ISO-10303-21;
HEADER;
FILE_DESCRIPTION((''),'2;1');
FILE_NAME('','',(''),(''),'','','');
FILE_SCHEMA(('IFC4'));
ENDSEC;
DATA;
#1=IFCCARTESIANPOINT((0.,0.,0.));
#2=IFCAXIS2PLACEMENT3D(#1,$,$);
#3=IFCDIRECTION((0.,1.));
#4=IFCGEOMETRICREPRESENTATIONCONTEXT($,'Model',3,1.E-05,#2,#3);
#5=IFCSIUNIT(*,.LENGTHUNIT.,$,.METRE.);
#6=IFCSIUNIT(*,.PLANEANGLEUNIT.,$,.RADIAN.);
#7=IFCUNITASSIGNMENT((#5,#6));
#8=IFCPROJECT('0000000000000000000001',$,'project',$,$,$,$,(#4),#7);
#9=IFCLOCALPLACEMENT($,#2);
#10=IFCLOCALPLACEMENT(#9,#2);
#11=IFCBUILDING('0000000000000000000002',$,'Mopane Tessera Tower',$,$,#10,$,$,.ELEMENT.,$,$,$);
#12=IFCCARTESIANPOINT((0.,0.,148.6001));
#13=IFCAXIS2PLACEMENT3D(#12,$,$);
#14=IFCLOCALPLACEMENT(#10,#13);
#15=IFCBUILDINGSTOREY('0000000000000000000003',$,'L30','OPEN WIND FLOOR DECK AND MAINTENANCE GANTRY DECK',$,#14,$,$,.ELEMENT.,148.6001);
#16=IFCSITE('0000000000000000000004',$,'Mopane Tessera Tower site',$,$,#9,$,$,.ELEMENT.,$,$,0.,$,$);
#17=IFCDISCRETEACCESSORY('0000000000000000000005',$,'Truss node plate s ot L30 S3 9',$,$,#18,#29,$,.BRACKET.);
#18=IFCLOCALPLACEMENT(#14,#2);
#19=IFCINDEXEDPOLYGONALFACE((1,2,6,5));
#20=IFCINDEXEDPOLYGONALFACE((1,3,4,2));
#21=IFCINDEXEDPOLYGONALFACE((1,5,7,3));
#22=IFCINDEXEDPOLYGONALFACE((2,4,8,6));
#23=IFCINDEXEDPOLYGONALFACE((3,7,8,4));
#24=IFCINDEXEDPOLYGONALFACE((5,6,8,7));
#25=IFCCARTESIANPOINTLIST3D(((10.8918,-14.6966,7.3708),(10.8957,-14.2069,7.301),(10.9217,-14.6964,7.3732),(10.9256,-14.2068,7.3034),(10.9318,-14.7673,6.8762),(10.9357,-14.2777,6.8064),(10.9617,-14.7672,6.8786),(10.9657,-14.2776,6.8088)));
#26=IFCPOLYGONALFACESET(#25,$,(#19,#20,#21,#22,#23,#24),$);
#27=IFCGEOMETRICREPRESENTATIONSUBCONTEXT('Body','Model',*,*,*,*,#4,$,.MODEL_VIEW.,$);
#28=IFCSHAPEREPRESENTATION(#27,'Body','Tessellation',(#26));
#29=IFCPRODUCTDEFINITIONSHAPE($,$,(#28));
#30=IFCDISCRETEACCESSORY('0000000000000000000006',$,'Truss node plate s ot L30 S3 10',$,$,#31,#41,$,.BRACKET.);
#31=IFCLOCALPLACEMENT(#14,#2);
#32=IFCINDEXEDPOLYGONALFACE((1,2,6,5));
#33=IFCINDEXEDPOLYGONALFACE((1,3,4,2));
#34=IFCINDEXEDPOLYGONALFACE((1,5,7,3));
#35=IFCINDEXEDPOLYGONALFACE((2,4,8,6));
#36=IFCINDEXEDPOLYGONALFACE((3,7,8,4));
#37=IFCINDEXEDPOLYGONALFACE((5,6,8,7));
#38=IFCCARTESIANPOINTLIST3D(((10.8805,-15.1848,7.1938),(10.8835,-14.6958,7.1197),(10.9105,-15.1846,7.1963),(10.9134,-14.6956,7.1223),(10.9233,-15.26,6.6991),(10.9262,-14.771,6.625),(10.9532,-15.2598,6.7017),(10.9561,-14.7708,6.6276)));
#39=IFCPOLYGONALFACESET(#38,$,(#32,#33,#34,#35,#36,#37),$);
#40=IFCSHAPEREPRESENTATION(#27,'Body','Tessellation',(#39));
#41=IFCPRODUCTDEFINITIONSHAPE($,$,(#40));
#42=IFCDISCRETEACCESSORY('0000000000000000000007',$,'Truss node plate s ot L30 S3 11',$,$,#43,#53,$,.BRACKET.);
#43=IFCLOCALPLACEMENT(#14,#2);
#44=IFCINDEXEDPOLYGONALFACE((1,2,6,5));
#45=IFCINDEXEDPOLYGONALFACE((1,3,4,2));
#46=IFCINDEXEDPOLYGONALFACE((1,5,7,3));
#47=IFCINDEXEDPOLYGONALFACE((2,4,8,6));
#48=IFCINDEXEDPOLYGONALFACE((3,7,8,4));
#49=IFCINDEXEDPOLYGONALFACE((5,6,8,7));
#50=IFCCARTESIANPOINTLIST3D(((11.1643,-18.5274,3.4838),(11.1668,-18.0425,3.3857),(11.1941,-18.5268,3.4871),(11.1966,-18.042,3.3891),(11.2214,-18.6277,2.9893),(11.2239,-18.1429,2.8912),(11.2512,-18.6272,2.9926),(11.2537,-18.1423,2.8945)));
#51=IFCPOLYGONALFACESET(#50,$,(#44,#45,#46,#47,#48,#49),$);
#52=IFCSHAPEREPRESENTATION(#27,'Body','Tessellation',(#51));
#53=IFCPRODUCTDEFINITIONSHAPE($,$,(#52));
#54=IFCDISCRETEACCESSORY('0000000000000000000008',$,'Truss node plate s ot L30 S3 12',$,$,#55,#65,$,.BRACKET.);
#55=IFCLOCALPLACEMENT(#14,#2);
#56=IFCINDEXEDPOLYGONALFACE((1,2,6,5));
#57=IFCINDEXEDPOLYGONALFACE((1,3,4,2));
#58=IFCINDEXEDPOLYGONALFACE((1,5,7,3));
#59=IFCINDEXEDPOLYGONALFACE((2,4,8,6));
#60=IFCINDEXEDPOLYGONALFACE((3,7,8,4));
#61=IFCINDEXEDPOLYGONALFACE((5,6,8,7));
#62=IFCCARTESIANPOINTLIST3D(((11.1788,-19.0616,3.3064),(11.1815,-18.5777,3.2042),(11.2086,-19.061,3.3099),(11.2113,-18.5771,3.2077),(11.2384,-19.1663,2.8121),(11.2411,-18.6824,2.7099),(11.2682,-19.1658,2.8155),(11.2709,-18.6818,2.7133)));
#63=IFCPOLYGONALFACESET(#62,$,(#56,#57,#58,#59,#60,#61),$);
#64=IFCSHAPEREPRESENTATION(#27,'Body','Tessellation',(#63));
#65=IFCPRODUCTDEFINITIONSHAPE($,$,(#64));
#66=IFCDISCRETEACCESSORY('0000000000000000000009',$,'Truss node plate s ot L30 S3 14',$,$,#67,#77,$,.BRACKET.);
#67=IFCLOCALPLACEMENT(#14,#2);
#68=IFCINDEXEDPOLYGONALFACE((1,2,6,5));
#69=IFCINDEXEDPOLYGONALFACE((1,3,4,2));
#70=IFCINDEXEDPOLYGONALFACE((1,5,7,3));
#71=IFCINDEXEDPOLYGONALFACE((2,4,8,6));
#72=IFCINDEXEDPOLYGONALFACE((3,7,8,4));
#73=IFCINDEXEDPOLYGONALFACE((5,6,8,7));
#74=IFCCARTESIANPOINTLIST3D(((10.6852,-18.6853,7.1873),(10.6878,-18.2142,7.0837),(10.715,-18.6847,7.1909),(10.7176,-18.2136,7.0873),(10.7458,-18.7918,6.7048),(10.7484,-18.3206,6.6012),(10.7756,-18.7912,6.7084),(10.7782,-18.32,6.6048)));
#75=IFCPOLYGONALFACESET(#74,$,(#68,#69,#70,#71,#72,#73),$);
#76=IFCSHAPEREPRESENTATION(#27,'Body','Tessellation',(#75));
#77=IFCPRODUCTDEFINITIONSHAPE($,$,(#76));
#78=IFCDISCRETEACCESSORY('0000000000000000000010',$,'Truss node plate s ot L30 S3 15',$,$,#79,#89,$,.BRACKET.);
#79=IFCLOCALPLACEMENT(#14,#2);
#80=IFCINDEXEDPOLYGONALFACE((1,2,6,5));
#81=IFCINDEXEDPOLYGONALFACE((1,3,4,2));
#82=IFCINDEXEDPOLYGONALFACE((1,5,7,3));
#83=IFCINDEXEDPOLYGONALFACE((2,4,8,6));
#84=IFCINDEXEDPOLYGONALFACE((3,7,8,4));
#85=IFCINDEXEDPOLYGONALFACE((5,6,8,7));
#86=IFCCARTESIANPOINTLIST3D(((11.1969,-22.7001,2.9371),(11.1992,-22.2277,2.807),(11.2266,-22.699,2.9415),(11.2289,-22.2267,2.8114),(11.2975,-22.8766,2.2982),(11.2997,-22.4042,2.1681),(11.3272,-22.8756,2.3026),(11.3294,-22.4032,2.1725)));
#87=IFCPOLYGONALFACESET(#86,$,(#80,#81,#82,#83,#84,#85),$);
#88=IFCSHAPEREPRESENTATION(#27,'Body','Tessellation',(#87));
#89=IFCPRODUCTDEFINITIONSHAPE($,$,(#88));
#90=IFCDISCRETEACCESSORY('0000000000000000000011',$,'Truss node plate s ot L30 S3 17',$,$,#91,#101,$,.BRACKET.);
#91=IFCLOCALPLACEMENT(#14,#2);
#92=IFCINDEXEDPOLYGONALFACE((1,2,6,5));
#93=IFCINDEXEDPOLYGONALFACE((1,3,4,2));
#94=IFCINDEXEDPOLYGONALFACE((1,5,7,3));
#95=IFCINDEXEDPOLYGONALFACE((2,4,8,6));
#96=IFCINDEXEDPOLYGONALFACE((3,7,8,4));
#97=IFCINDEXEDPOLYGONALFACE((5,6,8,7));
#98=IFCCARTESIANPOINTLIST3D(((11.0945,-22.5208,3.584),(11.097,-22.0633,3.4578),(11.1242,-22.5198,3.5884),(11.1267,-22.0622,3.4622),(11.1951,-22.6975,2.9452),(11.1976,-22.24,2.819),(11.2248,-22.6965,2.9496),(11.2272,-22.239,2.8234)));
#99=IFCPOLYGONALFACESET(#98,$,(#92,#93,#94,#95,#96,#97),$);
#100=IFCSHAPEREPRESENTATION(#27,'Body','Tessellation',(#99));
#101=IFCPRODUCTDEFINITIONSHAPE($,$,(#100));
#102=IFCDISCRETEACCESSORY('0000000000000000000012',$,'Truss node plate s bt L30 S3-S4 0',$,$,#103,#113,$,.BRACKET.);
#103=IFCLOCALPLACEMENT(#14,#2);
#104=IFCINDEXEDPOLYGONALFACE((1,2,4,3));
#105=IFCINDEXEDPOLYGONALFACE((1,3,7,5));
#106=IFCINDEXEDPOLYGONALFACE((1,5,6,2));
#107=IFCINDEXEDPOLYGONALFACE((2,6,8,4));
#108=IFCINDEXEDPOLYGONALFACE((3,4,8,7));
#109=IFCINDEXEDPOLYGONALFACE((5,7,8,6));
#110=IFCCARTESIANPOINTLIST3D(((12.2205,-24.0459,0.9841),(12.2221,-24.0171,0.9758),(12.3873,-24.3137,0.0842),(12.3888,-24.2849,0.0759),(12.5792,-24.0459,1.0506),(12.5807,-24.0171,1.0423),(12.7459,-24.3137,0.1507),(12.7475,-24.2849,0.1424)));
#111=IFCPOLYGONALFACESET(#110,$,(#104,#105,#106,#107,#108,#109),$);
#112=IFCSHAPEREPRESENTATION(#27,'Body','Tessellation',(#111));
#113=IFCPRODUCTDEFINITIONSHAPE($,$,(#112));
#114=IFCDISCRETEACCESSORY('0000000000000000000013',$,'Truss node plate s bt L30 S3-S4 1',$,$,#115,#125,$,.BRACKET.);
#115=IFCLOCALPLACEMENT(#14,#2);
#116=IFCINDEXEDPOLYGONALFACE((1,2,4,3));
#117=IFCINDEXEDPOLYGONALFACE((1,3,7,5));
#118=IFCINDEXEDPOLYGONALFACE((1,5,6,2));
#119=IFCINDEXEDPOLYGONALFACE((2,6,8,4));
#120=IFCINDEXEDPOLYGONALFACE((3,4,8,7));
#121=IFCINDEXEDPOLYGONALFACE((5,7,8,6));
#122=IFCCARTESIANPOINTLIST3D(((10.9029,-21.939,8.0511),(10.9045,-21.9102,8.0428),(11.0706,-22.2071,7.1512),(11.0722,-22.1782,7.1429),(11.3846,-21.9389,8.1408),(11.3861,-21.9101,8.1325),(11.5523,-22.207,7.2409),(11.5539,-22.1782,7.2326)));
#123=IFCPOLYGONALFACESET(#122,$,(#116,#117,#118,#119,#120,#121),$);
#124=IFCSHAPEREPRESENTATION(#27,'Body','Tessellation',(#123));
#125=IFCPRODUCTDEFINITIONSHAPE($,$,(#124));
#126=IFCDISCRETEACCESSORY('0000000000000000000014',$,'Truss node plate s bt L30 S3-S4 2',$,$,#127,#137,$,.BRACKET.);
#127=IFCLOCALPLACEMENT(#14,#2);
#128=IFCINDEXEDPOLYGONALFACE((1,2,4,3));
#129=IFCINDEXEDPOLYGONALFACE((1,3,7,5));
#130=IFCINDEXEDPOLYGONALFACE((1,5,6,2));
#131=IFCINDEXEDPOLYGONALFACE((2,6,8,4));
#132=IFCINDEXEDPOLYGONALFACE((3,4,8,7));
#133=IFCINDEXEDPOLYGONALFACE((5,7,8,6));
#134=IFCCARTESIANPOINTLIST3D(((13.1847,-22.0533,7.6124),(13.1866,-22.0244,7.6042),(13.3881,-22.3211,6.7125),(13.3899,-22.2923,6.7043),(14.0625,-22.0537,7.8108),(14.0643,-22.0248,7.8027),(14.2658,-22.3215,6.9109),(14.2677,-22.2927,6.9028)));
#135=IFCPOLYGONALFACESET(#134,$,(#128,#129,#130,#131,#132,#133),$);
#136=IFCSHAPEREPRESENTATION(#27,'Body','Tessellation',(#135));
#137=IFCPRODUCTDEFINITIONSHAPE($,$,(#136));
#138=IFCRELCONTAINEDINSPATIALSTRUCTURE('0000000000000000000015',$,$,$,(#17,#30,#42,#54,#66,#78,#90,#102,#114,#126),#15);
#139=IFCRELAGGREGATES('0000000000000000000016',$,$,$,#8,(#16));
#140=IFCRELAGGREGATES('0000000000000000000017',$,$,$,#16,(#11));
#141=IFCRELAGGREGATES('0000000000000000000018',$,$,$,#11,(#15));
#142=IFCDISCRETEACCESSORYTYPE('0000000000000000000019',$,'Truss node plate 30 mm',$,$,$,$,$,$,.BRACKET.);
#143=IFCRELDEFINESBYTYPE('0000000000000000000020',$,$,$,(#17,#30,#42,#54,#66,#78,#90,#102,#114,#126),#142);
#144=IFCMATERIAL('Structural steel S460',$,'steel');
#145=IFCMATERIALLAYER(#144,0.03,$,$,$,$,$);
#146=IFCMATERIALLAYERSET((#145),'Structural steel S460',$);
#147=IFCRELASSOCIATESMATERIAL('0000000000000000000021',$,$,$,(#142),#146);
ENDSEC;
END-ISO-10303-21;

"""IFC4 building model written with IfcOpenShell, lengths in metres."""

from ifc_helpers import new_model, si_unit, direction, frame, origin, origin_2d, place, context, subcontext, project, spatial, rectangle, extrude, material, layer, layer_set, type_object, element, save


model = new_model("IFC4")

# Units and contexts
model_context = context("Model", 3, precision=1e-05, world=origin(), true_north=direction((0.0, 1.0)))
body_context = subcontext(model_context, "Body", "Model", "MODEL_VIEW")
ifc_project = project(units=[si_unit("LENGTHUNIT", "METRE"), si_unit("PLANEANGLEUNIT", "RADIAN")], contexts=[model_context])

# Site, building, storey
site_placement = place(None, origin())
site = spatial("IfcSite", under=ifc_project, at=site_placement, Name="Mopane Tessera Tower site", CompositionType="ELEMENT", RefElevation=0.0)
building_placement = place(site_placement, origin())
building = spatial("IfcBuilding", under=site, at=building_placement, Name="Mopane Tessera Tower", CompositionType="ELEMENT")
storey_placement = place(building_placement, frame((0.0, 0.0, 148.6001)))
storey = spatial("IfcBuildingStorey", under=building, at=storey_placement, Name="L30", Description="OPEN WIND FLOOR DECK AND MAINTENANCE GANTRY DECK", CompositionType="ELEMENT", Elevation=148.6001)

# Discrete accessories
ifc_material_1 = material(Name="Structural steel S460", Category="steel")
ifc_layer_1 = layer(ifc_material_1, 0.03)
ifc_layer_set_1 = layer_set([ifc_layer_1], Name="Structural steel S460")
discrete_accessory_type = type_object("IfcDiscreteAccessoryType", Name="Truss node plate 30 mm", PredefinedType="BRACKET", material=ifc_layer_set_1)
discrete_accessory_1_placement = place(storey_placement, frame((10.9487, -14.5225, 6.8425), z_axis=(-0.079875, 0.141242, 0.986747), x_axis=(0.996773, 0.003447, 0.080193)))
element("IfcDiscreteAccessory", 1, at=discrete_accessory_1_placement, inside=storey, type_object=discrete_accessory_type, Name="Truss node plate s ot L30 S3 9", PredefinedType="BRACKET", context=body_context, shape_type="SweptSolid", body=[
    extrude(rectangle(XDim=0.03, YDim=0.4946, at=origin_2d()), origin(), (0.0, 0.0, 1.0), 0.5012),
])
discrete_accessory_2_placement = place(storey_placement, frame((10.9397, -15.0154, 6.6633), z_axis=(-0.085086, 0.149752, 0.985056), x_axis=(0.996356, 0.006915, 0.085011)))
element("IfcDiscreteAccessory", 2, at=discrete_accessory_2_placement, inside=storey, type_object=discrete_accessory_type, Name="Truss node plate s ot L30 S3 10", PredefinedType="BRACKET", context=body_context, shape_type="SweptSolid", body=[
    extrude(rectangle(XDim=0.03, YDim=0.4946, at=origin_2d()), origin(), (0.0, 0.0, 1.0), 0.5022),
])
discrete_accessory_3_placement = place(storey_placement, frame((11.2375, -18.385, 2.9419), z_axis=(-0.112475, 0.197552, 0.973819), x_axis=(0.993642, 0.017412, 0.111232)))
element("IfcDiscreteAccessory", 3, at=discrete_accessory_3_placement, inside=storey, type_object=discrete_accessory_type, Name="Truss node plate s ot L30 S3 11", PredefinedType="BRACKET", context=body_context, shape_type="SweptSolid", body=[
    extrude(rectangle(XDim=0.03, YDim=0.4946, at=origin_2d()), origin(), (0.0, 0.0, 1.0), 0.5078),
])
discrete_accessory_4_placement = place(storey_placement, frame((11.2546, -18.9241, 2.7627), z_axis=(-0.117067, 0.205827, 0.971561), x_axis=(0.993109, 0.018922, 0.115655)))
element("IfcDiscreteAccessory", 4, at=discrete_accessory_4_placement, inside=storey, type_object=discrete_accessory_type, Name="Truss node plate s ot L30 S3 12", PredefinedType="BRACKET", context=body_context, shape_type="SweptSolid", body=[
    extrude(rectangle(XDim=0.03, YDim=0.4946, at=origin_2d()), origin(), (0.0, 0.0, 1.0), 0.5088),
])
discrete_accessory_5_placement = place(storey_placement, frame((10.762, -18.5559, 6.6548), z_axis=(-0.121648, 0.213865, 0.969259), x_axis=(0.992559, 0.020926, 0.119955)))
element("IfcDiscreteAccessory", 5, at=discrete_accessory_5_placement, inside=storey, type_object=discrete_accessory_type, Name="Truss node plate s ot L30 S3 14", PredefinedType="BRACKET", context=body_context, shape_type="SweptSolid", body=[
    extrude(rectangle(XDim=0.03, YDim=0.4824, at=origin_2d()), origin(), (0.0, 0.0, 1.0), 0.4978),
])
discrete_accessory_6_placement = place(storey_placement, frame((11.3135, -22.6399, 2.2354), z_axis=(-0.15003, 0.263281, 0.952982), x_axis=(0.988671, 0.035509, 0.145839)))
element("IfcDiscreteAccessory", 6, at=discrete_accessory_6_placement, inside=storey, type_object=discrete_accessory_type, Name="Truss node plate s ot L30 S3 15", PredefinedType="BRACKET", context=body_context, shape_type="SweptSolid", body=[
    extrude(rectangle(XDim=0.03, YDim=0.49, at=origin_2d()), origin(), (0.0, 0.0, 1.0), 0.6704),
])
discrete_accessory_7_placement = place(storey_placement, frame((11.2112, -22.4683, 2.8843), z_axis=(-0.150016, 0.26362, 0.95289), x_axis=(0.98867, 0.034978, 0.145972)))
element("IfcDiscreteAccessory", 7, at=discrete_accessory_7_placement, inside=storey, type_object=discrete_accessory_type, Name="Truss node plate s ot L30 S3 17", PredefinedType="BRACKET", context=body_context, shape_type="SweptSolid", body=[
    extrude(rectangle(XDim=0.03, YDim=0.4746, at=origin_2d()), origin(), (0.0, 0.0, 1.0), 0.6704),
])
discrete_accessory_8_placement = place(storey_placement, frame((12.5674, -24.2993, 0.1133), z_axis=(-0.174861, 0.280853, 0.943687), x_axis=(0.051111, 0.959751, -0.276163)))
element("IfcDiscreteAccessory", 8, at=discrete_accessory_8_placement, inside=storey, type_object=discrete_accessory_type, Name="Truss node plate s bt L30 S3-S4 0", PredefinedType="BRACKET", context=body_context, shape_type="SweptSolid", body=[
    extrude(rectangle(XDim=0.03, YDim=0.3647, at=origin_2d()), origin(), (0.0, 0.0, 1.0), 0.9536),
])
discrete_accessory_9_placement = place(storey_placement, frame((11.3123, -22.1926, 7.1919), z_axis=(-0.175841, 0.281038, 0.94345), x_axis=(0.05142, 0.959697, -0.276294)))
element("IfcDiscreteAccessory", 9, at=discrete_accessory_9_placement, inside=storey, type_object=discrete_accessory_type, Name="Truss node plate s bt L30 S3-S4 1", PredefinedType="BRACKET", context=body_context, shape_type="SweptSolid", body=[
    extrude(rectangle(XDim=0.03, YDim=0.49, at=origin_2d()), origin(), (0.0, 0.0, 1.0), 0.9539),
])
discrete_accessory_10_placement = place(storey_placement, frame((13.8279, -22.3069, 6.8076), z_axis=(-0.211692, 0.278783, 0.936732), x_axis=(0.061898, 0.960354, -0.271825)))
element("IfcDiscreteAccessory", 10, at=discrete_accessory_10_placement, inside=storey, type_object=discrete_accessory_type, Name="Truss node plate s bt L30 S3-S4 2", PredefinedType="BRACKET", context=body_context, shape_type="SweptSolid", body=[
    extrude(rectangle(XDim=0.03, YDim=0.8999, at=origin_2d()), origin(), (0.0, 0.0, 1.0), 0.9607),
])

save(model, "model.ifc")
